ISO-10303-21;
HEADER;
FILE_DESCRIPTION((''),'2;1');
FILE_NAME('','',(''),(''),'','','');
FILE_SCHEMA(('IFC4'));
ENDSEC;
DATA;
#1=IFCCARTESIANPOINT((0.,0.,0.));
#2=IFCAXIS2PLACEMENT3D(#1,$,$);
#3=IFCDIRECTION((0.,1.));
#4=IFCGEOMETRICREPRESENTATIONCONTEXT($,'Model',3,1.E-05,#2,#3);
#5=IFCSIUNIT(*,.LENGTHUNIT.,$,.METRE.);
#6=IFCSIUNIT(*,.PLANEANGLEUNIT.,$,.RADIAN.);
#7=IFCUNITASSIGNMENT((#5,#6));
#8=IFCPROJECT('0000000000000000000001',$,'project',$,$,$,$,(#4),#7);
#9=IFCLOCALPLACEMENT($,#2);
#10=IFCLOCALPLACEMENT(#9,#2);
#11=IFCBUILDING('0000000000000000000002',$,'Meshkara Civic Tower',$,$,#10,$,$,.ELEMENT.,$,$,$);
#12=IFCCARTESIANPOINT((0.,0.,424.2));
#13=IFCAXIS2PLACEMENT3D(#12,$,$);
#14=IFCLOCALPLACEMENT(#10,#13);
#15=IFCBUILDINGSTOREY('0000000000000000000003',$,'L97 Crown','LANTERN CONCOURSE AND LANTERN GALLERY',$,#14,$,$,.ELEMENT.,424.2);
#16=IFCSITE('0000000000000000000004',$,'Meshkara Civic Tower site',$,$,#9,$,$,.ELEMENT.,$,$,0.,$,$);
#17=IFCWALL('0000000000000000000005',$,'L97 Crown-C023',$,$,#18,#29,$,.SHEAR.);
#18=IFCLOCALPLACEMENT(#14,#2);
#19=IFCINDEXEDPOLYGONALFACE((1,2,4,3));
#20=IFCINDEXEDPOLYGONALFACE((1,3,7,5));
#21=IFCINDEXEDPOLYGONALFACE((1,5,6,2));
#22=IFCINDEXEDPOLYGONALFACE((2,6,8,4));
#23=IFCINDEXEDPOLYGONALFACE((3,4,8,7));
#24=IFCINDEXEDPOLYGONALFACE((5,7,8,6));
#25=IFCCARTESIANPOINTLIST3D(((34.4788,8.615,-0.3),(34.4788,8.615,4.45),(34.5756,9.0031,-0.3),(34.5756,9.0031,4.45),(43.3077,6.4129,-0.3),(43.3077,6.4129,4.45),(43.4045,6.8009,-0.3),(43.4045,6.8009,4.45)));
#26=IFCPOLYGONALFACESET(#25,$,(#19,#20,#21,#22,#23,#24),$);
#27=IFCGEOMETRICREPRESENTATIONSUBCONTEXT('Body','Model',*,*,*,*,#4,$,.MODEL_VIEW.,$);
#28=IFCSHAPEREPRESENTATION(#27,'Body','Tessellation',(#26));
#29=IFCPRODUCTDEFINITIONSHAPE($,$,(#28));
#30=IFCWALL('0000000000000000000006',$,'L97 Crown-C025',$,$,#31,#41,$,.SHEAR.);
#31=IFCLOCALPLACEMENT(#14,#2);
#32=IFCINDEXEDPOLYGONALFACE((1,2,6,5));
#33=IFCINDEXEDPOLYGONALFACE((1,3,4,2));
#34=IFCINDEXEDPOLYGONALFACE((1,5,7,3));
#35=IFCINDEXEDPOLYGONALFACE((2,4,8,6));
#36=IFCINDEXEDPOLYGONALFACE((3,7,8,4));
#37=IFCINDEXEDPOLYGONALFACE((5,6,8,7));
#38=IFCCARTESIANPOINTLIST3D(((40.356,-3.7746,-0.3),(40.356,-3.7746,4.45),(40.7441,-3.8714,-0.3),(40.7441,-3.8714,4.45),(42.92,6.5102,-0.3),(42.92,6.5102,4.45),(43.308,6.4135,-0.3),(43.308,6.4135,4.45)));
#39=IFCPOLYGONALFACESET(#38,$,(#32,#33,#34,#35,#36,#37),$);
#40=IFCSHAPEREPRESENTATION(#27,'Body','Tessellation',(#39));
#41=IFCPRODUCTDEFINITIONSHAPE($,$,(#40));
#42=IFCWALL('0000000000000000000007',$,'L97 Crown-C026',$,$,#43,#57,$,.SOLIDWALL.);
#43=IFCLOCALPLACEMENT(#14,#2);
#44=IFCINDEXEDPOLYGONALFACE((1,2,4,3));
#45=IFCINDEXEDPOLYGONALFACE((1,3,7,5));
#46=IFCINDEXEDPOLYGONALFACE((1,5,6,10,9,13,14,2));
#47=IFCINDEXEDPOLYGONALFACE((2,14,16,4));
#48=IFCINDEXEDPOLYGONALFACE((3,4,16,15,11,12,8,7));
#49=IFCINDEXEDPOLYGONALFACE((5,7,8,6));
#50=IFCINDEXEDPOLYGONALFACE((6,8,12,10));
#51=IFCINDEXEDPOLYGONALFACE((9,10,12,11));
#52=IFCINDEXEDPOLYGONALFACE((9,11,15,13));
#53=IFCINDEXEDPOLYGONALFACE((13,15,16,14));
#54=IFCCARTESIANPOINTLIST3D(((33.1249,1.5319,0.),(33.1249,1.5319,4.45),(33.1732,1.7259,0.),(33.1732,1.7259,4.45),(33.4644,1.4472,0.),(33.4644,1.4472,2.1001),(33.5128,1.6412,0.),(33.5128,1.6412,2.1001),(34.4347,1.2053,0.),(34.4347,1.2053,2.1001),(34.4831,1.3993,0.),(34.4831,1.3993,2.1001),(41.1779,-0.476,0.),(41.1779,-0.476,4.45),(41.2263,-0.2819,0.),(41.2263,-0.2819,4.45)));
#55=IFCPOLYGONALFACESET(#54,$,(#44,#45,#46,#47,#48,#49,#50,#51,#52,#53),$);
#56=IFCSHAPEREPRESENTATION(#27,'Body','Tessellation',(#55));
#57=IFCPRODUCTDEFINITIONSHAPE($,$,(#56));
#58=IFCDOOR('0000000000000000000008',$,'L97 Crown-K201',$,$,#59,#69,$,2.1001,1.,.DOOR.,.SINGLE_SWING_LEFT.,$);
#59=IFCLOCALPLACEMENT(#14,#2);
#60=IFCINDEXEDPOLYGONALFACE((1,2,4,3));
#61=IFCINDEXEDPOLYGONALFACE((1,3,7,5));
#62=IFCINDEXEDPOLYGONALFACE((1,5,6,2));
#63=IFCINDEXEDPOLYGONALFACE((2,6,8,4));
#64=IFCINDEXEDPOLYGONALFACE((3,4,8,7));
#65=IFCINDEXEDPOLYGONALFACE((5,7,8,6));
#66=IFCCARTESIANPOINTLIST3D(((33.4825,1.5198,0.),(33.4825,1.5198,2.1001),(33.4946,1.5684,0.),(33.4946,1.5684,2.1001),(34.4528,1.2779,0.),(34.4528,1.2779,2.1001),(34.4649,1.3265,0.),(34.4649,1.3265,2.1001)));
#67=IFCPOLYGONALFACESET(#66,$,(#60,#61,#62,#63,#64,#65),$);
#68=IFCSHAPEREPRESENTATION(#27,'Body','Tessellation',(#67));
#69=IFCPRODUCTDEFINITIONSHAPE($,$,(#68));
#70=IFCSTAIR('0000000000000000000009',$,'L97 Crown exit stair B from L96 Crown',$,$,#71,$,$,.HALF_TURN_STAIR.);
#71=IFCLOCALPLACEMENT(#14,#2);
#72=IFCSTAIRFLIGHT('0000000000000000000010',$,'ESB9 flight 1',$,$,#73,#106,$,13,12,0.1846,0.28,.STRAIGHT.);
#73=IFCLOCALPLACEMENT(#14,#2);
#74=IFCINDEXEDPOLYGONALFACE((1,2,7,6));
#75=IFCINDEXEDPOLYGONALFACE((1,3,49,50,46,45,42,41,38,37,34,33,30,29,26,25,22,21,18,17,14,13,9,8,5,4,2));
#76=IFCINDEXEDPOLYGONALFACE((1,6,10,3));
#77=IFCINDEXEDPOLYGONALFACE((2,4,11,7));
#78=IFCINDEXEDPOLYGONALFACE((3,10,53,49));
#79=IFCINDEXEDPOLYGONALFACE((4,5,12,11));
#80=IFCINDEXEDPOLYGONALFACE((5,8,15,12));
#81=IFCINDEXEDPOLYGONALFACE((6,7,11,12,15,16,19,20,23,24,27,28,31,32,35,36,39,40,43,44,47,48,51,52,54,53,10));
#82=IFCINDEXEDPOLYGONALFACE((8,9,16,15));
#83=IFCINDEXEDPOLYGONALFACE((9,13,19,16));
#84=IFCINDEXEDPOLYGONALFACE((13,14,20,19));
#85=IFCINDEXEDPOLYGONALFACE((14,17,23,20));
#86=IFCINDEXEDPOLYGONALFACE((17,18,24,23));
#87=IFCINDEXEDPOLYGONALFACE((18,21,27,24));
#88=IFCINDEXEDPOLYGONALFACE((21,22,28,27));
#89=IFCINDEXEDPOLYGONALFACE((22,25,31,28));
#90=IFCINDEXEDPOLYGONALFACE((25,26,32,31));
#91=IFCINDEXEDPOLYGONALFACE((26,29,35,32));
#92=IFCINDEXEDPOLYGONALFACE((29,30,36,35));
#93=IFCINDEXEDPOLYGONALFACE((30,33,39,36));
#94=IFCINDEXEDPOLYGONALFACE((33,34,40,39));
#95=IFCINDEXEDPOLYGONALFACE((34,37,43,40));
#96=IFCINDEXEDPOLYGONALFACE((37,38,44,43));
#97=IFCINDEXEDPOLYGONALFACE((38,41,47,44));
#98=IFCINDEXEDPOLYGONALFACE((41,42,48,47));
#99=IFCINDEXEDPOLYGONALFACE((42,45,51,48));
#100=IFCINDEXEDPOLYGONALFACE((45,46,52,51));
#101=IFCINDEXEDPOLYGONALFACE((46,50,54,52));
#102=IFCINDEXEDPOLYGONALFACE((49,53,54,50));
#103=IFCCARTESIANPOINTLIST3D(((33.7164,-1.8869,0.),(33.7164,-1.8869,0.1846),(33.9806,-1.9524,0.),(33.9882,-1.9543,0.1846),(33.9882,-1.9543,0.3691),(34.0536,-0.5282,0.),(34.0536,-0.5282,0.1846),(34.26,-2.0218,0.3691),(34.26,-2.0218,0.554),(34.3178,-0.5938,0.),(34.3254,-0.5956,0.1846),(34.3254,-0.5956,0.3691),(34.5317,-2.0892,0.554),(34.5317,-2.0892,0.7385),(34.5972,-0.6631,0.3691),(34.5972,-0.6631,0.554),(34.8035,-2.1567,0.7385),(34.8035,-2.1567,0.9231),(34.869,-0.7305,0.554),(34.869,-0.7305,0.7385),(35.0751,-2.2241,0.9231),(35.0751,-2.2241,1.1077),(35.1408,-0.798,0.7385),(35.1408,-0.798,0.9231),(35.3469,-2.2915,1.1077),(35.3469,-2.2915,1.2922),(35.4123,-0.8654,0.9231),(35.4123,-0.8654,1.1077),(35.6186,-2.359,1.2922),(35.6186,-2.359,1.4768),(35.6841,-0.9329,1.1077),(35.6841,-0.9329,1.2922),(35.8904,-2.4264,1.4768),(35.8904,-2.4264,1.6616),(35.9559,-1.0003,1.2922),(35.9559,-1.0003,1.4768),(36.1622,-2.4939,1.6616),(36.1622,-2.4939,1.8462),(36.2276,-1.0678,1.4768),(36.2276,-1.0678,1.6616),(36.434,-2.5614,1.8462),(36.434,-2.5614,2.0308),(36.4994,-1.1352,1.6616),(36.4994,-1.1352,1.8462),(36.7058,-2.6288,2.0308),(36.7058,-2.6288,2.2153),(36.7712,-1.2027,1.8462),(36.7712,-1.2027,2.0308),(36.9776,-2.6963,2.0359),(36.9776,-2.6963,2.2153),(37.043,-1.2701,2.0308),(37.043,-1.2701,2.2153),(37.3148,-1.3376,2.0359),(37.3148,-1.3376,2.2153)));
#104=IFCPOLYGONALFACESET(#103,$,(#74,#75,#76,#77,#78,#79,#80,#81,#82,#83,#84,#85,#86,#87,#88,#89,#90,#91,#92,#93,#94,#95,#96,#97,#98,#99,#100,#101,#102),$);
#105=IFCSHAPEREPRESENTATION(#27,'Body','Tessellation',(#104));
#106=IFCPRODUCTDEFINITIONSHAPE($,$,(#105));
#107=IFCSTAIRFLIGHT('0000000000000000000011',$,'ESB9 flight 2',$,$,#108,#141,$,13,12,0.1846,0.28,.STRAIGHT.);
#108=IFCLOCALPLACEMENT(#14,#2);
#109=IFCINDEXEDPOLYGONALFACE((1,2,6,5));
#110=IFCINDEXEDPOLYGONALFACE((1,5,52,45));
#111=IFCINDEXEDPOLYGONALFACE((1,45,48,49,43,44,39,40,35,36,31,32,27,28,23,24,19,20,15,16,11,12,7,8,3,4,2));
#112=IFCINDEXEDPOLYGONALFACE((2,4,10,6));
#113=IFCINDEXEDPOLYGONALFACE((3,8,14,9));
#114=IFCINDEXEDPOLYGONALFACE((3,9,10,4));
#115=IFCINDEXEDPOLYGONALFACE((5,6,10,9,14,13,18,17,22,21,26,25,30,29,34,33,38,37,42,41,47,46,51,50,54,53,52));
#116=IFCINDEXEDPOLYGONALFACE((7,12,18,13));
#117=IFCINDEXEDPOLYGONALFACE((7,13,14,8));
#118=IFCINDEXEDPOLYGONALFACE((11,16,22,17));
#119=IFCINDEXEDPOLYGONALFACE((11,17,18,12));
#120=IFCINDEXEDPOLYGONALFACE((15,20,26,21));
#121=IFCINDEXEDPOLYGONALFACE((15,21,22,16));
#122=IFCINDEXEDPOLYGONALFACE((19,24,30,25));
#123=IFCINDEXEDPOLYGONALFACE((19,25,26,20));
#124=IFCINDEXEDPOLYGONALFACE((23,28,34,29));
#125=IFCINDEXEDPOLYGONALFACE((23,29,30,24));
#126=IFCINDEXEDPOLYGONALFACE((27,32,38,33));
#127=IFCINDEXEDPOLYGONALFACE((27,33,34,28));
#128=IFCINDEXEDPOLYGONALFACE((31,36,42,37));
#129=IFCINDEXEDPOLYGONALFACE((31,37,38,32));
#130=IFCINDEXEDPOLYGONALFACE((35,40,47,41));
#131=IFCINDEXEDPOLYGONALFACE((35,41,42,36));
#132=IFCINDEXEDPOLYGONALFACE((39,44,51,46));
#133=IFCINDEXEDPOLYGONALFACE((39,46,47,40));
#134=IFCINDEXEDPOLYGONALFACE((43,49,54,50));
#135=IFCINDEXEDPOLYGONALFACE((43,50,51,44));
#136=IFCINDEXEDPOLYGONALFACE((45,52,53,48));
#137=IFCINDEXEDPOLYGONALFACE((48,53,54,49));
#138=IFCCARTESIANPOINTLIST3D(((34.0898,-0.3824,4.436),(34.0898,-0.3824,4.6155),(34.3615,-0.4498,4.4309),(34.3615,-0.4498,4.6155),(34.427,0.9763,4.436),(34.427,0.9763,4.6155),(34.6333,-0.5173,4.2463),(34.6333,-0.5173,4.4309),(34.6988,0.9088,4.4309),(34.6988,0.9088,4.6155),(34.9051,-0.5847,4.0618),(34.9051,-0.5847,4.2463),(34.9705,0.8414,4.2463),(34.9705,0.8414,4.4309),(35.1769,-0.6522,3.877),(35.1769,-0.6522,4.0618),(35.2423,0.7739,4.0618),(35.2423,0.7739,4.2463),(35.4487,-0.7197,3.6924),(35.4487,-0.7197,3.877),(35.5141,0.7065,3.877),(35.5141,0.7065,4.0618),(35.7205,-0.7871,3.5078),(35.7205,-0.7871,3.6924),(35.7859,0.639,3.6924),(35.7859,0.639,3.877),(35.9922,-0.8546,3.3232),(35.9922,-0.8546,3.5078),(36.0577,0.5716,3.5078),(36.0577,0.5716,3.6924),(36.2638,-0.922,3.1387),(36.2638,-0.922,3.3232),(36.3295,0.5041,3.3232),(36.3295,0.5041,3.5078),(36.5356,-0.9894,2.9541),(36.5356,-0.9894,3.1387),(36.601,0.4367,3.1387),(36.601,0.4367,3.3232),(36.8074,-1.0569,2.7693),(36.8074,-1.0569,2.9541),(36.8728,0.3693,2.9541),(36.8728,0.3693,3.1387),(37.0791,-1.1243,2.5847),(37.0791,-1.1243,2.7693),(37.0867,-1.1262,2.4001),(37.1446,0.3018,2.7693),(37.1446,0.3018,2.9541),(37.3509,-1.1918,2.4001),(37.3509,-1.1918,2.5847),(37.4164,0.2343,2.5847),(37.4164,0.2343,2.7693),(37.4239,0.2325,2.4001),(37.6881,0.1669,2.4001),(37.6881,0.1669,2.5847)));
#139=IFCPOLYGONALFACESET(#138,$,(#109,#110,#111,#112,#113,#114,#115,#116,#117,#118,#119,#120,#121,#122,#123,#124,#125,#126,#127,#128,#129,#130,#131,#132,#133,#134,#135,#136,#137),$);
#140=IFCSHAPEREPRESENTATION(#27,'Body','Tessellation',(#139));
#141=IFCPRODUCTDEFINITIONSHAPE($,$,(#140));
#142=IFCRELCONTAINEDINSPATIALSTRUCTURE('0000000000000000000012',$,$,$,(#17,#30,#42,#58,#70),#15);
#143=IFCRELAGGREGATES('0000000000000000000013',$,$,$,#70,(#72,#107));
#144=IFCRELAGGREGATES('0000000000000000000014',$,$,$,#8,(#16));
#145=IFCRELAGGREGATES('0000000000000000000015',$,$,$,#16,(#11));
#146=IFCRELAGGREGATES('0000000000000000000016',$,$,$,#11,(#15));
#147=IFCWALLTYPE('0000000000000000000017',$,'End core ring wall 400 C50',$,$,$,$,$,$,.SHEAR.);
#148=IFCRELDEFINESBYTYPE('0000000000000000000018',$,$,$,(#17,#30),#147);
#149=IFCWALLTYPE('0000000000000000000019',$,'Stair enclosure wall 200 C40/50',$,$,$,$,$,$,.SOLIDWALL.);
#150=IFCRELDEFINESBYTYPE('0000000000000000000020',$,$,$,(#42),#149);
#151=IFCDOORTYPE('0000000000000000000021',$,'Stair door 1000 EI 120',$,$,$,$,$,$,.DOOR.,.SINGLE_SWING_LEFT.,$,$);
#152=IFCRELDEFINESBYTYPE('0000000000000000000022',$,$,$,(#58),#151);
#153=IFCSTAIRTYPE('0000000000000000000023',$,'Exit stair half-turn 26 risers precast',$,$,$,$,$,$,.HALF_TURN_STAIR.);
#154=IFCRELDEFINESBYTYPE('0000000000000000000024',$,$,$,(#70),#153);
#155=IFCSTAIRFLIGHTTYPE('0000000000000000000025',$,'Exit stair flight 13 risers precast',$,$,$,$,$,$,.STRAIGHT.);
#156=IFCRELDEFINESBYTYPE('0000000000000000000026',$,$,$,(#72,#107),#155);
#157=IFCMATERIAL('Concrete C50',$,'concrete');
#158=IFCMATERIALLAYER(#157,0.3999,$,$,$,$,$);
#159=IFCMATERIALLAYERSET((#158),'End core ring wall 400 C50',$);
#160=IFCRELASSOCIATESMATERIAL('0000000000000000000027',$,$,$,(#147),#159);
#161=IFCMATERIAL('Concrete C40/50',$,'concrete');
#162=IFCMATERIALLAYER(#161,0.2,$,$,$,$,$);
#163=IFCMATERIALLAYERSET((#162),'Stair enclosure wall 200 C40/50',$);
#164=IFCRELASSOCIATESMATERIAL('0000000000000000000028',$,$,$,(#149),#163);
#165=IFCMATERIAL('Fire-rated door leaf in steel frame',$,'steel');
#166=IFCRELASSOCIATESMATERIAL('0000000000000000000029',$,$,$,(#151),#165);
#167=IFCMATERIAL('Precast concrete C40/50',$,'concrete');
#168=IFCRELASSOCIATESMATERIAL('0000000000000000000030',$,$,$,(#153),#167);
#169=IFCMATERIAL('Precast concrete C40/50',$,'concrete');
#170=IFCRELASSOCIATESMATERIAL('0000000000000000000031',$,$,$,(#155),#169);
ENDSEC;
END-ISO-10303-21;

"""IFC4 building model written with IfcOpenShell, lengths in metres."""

from ifc_helpers import new_model, si_unit, direction, frame, frame_2d, origin, place, context, subcontext, project, spatial, polyline, rectangle, outline, extrude, material, layer, layer_set, type_object, element, fill, aggregate, save


model = new_model("IFC4")

# Units and contexts
model_context = context("Model", 3, precision=1e-05, world=origin(), true_north=direction((0.0, 1.0)))
body_context = subcontext(model_context, "Body", "Model", "MODEL_VIEW")
ifc_project = project(units=[si_unit("LENGTHUNIT", "METRE"), si_unit("PLANEANGLEUNIT", "RADIAN")], contexts=[model_context])

# Site, building, storey
site_placement = place(None, origin())
site = spatial("IfcSite", under=ifc_project, at=site_placement, Name="Meshkara Civic Tower site", CompositionType="ELEMENT", RefElevation=0.0)
building_placement = place(site_placement, origin())
building = spatial("IfcBuilding", under=site, at=building_placement, Name="Meshkara Civic Tower", CompositionType="ELEMENT")
storey_placement = place(building_placement, frame((0.0, 0.0, 424.2)))
storey = spatial("IfcBuildingStorey", under=building, at=storey_placement, Name="L97 Crown", Description="LANTERN CONCOURSE AND LANTERN GALLERY", CompositionType="ELEMENT", Elevation=424.2)

# Walls
ifc_material_1 = material(Name="Concrete C50", Category="concrete")
ifc_layer_1 = layer(ifc_material_1, 0.3999)
ifc_layer_set_1 = layer_set([ifc_layer_1], Name="End core ring wall 400 C50")
wall_type_1 = type_object("IfcWallType", Name="End core ring wall 400 C50", PredefinedType="SHEAR", material=ifc_layer_set_1)
wall_1_placement = place(storey_placement, frame((34.5271, 8.8091, -0.3), z_axis=(0.0, 0.0, 1.0), x_axis=(0.970273, -0.242012, 0.0)))
element("IfcWall", 1, at=wall_1_placement, inside=storey, type_object=wall_type_1, Name="L97 Crown-C023", PredefinedType="SHEAR", context=body_context, shape_type="SweptSolid", body=[
    extrude(rectangle(XDim=9.0994, YDim=0.3999, at=frame_2d((4.5498, 0.0))), origin(), (0.0, 0.0, 1.0), 4.75),
])
wall_2_placement = place(storey_placement, frame((40.55, -3.823, -0.3), z_axis=(0.0, 0.0, 1.0), x_axis=(0.241891, 0.970304, 0.0)))
element("IfcWall", 2, at=wall_2_placement, inside=storey, type_object=wall_type_1, Name="L97 Crown-C025", PredefinedType="SHEAR", context=body_context, shape_type="SweptSolid", body=[
    extrude(rectangle(XDim=10.5996, YDim=0.3999, at=frame_2d((5.2998, 0.0))), origin(), (0.0, 0.0, 1.0), 4.75),
])

# Wall, opening, door
ifc_material_2 = material(Name="Concrete C40/50", Category="concrete")
ifc_layer_2 = layer(ifc_material_2, 0.2)
ifc_layer_set_2 = layer_set([ifc_layer_2], Name="Stair enclosure wall 200 C40/50")
wall_type_2 = type_object("IfcWallType", Name="Stair enclosure wall 200 C40/50", PredefinedType="SOLIDWALL", material=ifc_layer_set_2)
wall_3_placement = place(storey_placement, frame((33.1489, 1.6289, 0.0), z_axis=(0.0, 0.0, 1.0), x_axis=(0.970296, -0.24192, 0.0)))
wall_3 = element("IfcWall", 3, at=wall_3_placement, inside=storey, type_object=wall_type_2, Name="L97 Crown-C026", PredefinedType="SOLIDWALL", context=body_context, shape_type="SweptSolid", body=[
    extrude(rectangle(XDim=8.2996, YDim=0.2, at=frame_2d((4.1499, 0.0))), origin(), (0.0, 0.0, 1.0), 4.45),
])
opening_placement = place(wall_3_placement, frame((0.3501, 0.0, 0.0)))
opening = element("IfcOpeningElement", 4, at=opening_placement, cuts=wall_3, PredefinedType="OPENING", context=body_context, shape_type="SweptSolid", body=[
    extrude(rectangle(XDim=1.0, YDim=2.1001, at=frame_2d((0.5, 1.05))), frame((0.0, 0.1099, 0.0), z_axis=(0.0, -1.0, 0.0), x_axis=(1.0, 0.0, 0.0)), (0.0, 0.0, 1.0), 0.22),
])
ifc_material_3 = material(Name="Fire-rated door leaf in steel frame", Category="steel")
door_type = type_object("IfcDoorType", Name="Stair door 1000 EI 120", OperationType="SINGLE_SWING_LEFT", PredefinedType="DOOR", material=ifc_material_3)
door_placement = place(opening_placement, origin())
door = element("IfcDoor", 5, at=door_placement, inside=storey, type_object=door_type, Name="L97 Crown-K201", OperationType="SINGLE_SWING_LEFT", OverallHeight=2.1001, OverallWidth=1.0, PredefinedType="DOOR", context=body_context, shape_type="SweptSolid", body=[
    extrude(rectangle(XDim=1.0, YDim=2.1001, at=frame_2d((0.5, 1.05))), frame((0.0, 0.0249, 0.0), z_axis=(0.0, -1.0, 0.0), x_axis=(1.0, 0.0, 0.0)), (0.0, 0.0, 1.0), 0.05),
])
fill(opening, door)

# Stair, stair flights
ifc_material_4 = material(Name="Precast concrete C40/50", Category="concrete")
stair_type = type_object("IfcStairType", Name="Exit stair half-turn 26 risers precast", PredefinedType="HALF_TURN_STAIR", material=ifc_material_4)
stair_placement = place(storey_placement, origin())
stair = element("IfcStair", 6, at=stair_placement, inside=storey, type_object=stair_type, Name="L97 Crown exit stair B from L96 Crown", PredefinedType="HALF_TURN_STAIR")
ifc_material_5 = material(Name="Precast concrete C40/50", Category="concrete")
stair_flight_type = type_object("IfcStairFlightType", Name="Exit stair flight 13 risers precast", PredefinedType="STRAIGHT", material=ifc_material_5)
stair_flight_1_placement = place(storey_placement, frame((33.885, -1.2075, 0.0), z_axis=(0.0, 0.0, 1.0), x_axis=(0.970553, -0.240889, 0.0)))
stair_flight_1 = element("IfcStairFlight", 7, at=stair_flight_1_placement, type_object=stair_flight_type, Name="ESB9 flight 1", NumberOfRisers=13, NumberOfTreads=12, PredefinedType="STRAIGHT", RiserHeight=0.1846, TreadLength=0.28, context=body_context, shape_type="SweptSolid", body=[
    extrude(outline(polyline([(0.0, 0.0), (0.0, 0.1846), (0.28, 0.1846), (0.28, 0.3691), (0.5601, 0.3691), (0.5601, 0.554), (0.8401, 0.554), (0.8401, 0.7385), (1.1201, 0.7385), (1.1201, 0.9231), (1.3999, 0.9231), (1.3999, 1.1077), (1.6799, 1.1077), (1.6799, 1.2922), (1.96, 1.2922), (1.96, 1.4768), (2.24, 1.4768), (2.24, 1.6616), (2.52, 1.6616), (2.52, 1.8462), (2.8, 1.8462), (2.8, 2.0308), (3.0801, 2.0308), (3.0801, 2.2153), (3.3601, 2.2153), (3.3601, 2.3999), (3.3601, 2.0359), (0.2722, 0.0), (0.0, 0.0)])), frame((0.0, 0.7, 0.0), z_axis=(0.0, -1.0, 0.0), x_axis=(1.0, 0.0, 0.0)), (0.0, 0.0, 1.0), 1.3999),
])
stair_flight_2_placement = place(storey_placement, frame((37.5195, -0.5125, 2.4001), z_axis=(0.0, 0.0, 1.0), x_axis=(-0.970553, 0.240889, 0.0)))
stair_flight_2 = element("IfcStairFlight", 8, at=stair_flight_2_placement, type_object=stair_flight_type, Name="ESB9 flight 2", NumberOfRisers=13, NumberOfTreads=12, PredefinedType="STRAIGHT", RiserHeight=0.1846, TreadLength=0.28, context=body_context, shape_type="SweptSolid", body=[
    extrude(outline(polyline([(0.0, 0.0), (0.0, 0.1846), (0.28, 0.1846), (0.28, 0.3691), (0.5601, 0.3691), (0.5601, 0.554), (0.8401, 0.554), (0.8401, 0.7385), (1.1201, 0.7385), (1.1201, 0.9231), (1.3999, 0.9231), (1.3999, 1.1077), (1.6799, 1.1077), (1.6799, 1.2922), (1.96, 1.2922), (1.96, 1.4768), (2.24, 1.4768), (2.24, 1.6616), (2.52, 1.6616), (2.52, 1.8462), (2.8, 1.8462), (2.8, 2.0308), (3.0801, 2.0308), (3.0801, 2.2153), (3.3601, 2.2153), (3.3601, 2.3999), (3.3601, 2.0359), (0.2722, 0.0), (0.0, 0.0)])), frame((0.0, 0.7, 0.0), z_axis=(0.0, -1.0, 0.0), x_axis=(1.0, 0.0, 0.0)), (0.0, 0.0, 1.0), 1.3999),
])
aggregate(stair, [stair_flight_1, stair_flight_2])

save(model, "model.ifc")
